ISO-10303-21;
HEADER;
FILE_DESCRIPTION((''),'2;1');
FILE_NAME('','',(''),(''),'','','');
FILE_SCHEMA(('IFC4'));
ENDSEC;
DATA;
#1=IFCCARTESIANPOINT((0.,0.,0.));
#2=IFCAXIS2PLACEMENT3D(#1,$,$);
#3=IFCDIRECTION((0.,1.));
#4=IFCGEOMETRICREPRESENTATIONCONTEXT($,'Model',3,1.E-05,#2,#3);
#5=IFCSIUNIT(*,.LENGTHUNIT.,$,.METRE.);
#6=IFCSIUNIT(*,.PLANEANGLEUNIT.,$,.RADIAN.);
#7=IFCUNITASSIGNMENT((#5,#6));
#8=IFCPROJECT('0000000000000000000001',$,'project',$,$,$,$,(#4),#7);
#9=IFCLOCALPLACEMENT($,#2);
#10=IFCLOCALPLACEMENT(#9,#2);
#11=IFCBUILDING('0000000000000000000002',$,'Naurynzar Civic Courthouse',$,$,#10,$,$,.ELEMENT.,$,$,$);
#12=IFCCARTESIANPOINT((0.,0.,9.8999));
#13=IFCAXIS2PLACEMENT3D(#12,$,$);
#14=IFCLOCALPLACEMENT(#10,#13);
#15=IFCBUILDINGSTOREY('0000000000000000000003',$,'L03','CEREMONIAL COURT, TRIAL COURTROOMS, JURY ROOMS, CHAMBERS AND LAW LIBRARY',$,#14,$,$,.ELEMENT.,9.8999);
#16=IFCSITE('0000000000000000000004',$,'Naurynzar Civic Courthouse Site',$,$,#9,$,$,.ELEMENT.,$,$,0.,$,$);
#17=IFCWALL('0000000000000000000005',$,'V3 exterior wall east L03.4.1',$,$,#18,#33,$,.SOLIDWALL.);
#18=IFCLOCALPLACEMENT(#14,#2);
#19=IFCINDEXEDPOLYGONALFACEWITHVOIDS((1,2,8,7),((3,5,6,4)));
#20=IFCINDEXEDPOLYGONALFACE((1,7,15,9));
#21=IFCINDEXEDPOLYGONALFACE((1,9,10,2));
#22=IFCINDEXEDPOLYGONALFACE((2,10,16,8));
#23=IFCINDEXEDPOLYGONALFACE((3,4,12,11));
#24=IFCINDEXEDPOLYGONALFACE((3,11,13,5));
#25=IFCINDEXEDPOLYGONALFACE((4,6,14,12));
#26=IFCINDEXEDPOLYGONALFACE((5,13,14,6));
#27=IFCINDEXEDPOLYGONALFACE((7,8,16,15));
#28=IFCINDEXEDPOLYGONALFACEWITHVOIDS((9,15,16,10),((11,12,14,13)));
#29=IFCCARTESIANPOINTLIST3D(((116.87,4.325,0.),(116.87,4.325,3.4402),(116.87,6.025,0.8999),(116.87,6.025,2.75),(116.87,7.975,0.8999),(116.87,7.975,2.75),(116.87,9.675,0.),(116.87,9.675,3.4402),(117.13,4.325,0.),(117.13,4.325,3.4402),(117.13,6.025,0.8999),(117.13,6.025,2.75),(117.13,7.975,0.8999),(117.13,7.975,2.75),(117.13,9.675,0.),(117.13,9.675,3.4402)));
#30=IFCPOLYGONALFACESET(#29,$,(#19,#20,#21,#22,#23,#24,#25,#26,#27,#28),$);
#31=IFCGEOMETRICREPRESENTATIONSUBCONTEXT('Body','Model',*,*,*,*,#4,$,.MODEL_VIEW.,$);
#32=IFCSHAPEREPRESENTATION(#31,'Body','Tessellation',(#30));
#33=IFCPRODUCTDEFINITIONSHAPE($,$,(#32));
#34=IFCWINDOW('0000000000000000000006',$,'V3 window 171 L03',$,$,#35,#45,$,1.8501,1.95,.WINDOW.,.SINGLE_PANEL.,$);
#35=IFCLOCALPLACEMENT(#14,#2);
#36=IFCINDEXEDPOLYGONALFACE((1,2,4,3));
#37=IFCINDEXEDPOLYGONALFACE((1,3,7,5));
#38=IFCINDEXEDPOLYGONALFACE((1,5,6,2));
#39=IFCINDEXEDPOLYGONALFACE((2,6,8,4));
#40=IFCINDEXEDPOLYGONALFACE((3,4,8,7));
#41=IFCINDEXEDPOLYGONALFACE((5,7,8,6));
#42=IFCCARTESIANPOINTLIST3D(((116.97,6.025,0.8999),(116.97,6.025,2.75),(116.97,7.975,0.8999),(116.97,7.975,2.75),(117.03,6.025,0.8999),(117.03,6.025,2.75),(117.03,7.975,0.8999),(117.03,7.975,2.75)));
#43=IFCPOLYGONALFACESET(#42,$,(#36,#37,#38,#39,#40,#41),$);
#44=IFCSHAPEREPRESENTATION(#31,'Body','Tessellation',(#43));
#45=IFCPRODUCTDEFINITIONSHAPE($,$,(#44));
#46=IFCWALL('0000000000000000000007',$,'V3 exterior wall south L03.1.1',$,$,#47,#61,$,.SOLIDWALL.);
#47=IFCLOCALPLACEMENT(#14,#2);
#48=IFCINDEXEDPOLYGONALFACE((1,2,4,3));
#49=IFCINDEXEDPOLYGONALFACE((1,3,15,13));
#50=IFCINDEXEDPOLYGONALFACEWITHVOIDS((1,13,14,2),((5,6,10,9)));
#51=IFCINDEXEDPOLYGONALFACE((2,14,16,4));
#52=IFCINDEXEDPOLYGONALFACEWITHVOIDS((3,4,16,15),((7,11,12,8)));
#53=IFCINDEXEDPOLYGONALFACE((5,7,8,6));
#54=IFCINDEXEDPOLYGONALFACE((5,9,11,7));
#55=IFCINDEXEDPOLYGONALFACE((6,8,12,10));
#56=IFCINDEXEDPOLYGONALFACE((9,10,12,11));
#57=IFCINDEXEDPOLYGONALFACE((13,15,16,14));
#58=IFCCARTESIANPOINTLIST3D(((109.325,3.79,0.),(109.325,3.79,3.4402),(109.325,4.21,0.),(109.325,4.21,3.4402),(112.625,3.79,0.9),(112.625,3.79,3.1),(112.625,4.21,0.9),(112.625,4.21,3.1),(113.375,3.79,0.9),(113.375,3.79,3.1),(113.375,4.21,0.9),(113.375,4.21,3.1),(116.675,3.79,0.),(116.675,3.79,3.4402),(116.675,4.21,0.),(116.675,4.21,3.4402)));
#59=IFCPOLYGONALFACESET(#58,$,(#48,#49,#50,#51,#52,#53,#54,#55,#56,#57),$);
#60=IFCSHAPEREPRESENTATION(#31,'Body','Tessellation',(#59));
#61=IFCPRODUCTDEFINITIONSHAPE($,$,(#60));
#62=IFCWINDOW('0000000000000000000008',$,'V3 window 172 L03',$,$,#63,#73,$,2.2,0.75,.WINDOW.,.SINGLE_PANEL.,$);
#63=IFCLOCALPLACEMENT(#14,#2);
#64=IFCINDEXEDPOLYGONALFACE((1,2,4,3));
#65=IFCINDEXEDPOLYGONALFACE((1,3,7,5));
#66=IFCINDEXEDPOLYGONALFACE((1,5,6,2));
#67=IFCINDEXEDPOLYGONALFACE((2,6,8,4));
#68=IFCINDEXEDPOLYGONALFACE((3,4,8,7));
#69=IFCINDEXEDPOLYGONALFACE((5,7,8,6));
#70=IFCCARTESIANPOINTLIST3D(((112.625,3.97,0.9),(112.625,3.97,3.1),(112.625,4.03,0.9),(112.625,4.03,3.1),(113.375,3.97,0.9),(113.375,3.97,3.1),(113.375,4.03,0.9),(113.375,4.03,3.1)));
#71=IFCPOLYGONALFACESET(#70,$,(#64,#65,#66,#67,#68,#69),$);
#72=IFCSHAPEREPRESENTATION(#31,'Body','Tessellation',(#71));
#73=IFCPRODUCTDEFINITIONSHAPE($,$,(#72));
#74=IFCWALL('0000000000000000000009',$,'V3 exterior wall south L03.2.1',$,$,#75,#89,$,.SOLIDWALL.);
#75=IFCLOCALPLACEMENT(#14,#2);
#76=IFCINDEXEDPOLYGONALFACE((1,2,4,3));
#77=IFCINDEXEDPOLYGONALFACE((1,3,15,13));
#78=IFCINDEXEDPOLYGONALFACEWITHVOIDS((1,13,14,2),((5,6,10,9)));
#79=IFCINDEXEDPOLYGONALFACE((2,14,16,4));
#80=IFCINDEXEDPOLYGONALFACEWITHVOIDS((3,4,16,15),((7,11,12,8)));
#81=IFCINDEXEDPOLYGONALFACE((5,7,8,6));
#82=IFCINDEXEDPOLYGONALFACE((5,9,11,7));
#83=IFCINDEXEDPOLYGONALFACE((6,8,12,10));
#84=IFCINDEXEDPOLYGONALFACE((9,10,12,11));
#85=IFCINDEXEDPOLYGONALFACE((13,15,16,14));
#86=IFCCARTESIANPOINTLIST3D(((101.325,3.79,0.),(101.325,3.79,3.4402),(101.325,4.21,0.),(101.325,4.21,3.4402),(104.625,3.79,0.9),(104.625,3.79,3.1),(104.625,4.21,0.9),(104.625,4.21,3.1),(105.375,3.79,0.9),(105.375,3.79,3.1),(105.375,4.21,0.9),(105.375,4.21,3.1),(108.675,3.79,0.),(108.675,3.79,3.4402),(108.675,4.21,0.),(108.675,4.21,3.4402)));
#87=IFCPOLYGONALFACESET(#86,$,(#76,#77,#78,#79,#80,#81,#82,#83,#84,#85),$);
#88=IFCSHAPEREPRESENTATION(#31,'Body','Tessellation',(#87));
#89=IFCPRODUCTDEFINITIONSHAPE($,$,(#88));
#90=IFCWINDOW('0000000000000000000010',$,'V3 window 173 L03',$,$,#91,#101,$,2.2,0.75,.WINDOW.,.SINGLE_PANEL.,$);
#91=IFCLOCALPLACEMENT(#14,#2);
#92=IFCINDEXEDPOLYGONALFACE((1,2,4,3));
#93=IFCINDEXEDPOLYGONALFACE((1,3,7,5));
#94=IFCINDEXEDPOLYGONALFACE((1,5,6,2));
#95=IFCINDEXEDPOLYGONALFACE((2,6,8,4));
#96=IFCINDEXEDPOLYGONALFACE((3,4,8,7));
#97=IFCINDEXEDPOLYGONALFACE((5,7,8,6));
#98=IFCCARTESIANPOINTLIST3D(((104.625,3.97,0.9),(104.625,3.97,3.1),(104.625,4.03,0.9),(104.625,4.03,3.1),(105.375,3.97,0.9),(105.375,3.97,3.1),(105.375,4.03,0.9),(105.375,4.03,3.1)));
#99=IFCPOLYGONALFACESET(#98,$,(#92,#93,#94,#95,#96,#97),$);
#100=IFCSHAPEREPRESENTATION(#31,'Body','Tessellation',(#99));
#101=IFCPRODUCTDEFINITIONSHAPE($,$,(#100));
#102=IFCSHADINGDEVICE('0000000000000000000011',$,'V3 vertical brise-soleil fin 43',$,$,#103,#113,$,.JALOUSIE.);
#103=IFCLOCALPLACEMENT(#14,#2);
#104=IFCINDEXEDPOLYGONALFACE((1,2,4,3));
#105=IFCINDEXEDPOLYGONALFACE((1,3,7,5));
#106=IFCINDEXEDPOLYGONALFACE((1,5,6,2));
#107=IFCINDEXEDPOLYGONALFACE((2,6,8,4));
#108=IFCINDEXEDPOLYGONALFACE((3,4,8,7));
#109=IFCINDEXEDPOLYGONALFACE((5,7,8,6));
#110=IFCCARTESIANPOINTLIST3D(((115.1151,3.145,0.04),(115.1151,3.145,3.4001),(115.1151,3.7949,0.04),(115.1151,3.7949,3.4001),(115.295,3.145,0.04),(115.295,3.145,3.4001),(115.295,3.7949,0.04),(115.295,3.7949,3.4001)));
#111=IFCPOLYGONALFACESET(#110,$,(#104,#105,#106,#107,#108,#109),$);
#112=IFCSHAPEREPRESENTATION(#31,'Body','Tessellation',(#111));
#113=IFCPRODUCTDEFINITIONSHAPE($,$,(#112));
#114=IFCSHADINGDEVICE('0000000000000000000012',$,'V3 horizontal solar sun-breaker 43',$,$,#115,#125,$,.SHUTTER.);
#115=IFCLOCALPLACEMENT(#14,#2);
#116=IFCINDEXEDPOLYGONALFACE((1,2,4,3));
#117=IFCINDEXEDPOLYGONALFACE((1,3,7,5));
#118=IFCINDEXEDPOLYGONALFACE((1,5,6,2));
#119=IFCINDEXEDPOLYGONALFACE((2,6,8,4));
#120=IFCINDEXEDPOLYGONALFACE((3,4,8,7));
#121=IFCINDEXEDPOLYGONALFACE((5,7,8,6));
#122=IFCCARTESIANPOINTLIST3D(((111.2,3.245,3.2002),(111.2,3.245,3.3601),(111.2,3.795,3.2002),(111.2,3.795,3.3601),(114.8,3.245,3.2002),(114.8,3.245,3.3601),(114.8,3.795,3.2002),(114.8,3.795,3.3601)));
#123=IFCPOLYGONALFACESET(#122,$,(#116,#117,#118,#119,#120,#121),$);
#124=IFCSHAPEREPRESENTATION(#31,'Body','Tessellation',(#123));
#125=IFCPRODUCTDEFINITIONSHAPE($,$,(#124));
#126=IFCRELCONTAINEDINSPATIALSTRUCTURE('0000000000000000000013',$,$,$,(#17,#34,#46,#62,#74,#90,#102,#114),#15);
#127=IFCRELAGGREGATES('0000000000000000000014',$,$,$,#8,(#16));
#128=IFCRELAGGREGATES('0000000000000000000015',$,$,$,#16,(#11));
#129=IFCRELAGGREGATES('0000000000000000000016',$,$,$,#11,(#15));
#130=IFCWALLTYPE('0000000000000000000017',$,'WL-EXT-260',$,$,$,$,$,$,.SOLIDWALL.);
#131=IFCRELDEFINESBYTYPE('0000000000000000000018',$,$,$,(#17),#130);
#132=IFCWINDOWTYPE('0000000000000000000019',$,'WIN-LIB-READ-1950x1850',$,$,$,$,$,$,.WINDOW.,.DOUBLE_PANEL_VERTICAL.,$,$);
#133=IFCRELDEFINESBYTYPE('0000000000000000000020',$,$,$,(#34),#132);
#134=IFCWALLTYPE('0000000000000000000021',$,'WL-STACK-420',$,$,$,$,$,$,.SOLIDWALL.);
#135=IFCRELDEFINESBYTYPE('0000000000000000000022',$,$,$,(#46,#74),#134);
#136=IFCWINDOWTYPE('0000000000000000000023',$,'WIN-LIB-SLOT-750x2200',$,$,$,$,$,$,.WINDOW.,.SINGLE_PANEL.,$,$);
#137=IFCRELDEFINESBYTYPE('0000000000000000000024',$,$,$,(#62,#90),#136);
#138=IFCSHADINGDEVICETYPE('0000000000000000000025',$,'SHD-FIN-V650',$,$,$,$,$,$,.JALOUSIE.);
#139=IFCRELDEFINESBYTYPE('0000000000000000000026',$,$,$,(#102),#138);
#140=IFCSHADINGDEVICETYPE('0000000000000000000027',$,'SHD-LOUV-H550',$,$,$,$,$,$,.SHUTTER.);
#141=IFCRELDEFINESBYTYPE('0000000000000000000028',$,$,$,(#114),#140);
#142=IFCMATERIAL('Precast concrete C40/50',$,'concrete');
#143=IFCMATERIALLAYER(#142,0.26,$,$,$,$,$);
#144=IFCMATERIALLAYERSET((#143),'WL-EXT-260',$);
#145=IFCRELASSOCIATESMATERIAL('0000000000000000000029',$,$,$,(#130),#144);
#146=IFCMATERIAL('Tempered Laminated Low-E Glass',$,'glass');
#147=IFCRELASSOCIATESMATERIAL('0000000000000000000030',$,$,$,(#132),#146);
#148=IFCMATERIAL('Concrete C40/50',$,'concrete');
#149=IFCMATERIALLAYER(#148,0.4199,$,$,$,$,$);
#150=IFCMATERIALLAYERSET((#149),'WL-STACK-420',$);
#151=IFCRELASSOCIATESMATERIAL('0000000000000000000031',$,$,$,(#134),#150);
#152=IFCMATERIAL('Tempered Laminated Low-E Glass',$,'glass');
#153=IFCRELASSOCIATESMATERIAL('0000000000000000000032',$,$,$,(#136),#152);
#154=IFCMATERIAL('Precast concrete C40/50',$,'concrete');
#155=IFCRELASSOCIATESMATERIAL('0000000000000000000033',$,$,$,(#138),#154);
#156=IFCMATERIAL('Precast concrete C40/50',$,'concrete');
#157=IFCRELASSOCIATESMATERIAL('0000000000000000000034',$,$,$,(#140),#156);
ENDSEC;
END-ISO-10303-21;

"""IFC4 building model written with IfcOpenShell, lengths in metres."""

from ifc_helpers import new_model, si_unit, direction, frame, frame_2d, origin, origin_2d, place, context, subcontext, project, spatial, rectangle, extrude, material, layer, layer_set, type_object, element, fill, save


model = new_model("IFC4")

# Units and contexts
model_context = context("Model", 3, precision=1e-05, world=origin(), true_north=direction((0.0, 1.0)))
body_context = subcontext(model_context, "Body", "Model", "MODEL_VIEW")
ifc_project = project(units=[si_unit("LENGTHUNIT", "METRE"), si_unit("PLANEANGLEUNIT", "RADIAN")], contexts=[model_context])

# Site, building, storey
site_placement = place(None, origin())
site = spatial("IfcSite", under=ifc_project, at=site_placement, Name="Naurynzar Civic Courthouse Site", CompositionType="ELEMENT", RefElevation=0.0)
building_placement = place(site_placement, origin())
building = spatial("IfcBuilding", under=site, at=building_placement, Name="Naurynzar Civic Courthouse", CompositionType="ELEMENT")
storey_placement = place(building_placement, frame((0.0, 0.0, 9.8999)))
storey = spatial("IfcBuildingStorey", under=building, at=storey_placement, Name="L03", Description="CEREMONIAL COURT, TRIAL COURTROOMS, JURY ROOMS, CHAMBERS AND LAW LIBRARY", CompositionType="ELEMENT", Elevation=9.8999)

# Walls, openings, windows
ifc_material_1 = material(Name="Precast concrete C40/50", Category="concrete")
ifc_layer_1 = layer(ifc_material_1, 0.26)
ifc_layer_set_1 = layer_set([ifc_layer_1], Name="WL-EXT-260")
wall_type_1 = type_object("IfcWallType", Name="WL-EXT-260", PredefinedType="SOLIDWALL", material=ifc_layer_set_1)
wall_1_placement = place(storey_placement, frame((117.0, 9.675, 0.0), z_axis=(0.0, 0.0, 1.0), x_axis=(0.0, -1.0, 0.0)))
wall_1 = element("IfcWall", 1, at=wall_1_placement, inside=storey, type_object=wall_type_1, Name="V3 exterior wall east L03.4.1", PredefinedType="SOLIDWALL", context=body_context, shape_type="SweptSolid", body=[
    extrude(rectangle(XDim=5.3501, YDim=0.26, at=frame_2d((2.675, 0.0))), origin(), (0.0, 0.0, 1.0), 3.4402),
])
opening_1_placement = place(wall_1_placement, frame((1.7, 0.0, 0.8999)))
opening_1 = element("IfcOpeningElement", 2, at=opening_1_placement, cuts=wall_1, PredefinedType="OPENING", context=body_context, shape_type="SweptSolid", body=[
    extrude(rectangle(XDim=1.95, YDim=1.8501, at=frame_2d((0.9751, 0.925))), frame((0.0, 0.1399, 0.0), z_axis=(0.0, -1.0, 0.0), x_axis=(1.0, 0.0, 0.0)), (0.0, 0.0, 1.0), 0.28),
])
ifc_material_2 = material(Name="Tempered Laminated Low-E Glass", Category="glass")
window_type_1 = type_object("IfcWindowType", Name="WIN-LIB-READ-1950x1850", PartitioningType="DOUBLE_PANEL_VERTICAL", PredefinedType="WINDOW", material=ifc_material_2)
window_1_placement = place(opening_1_placement, origin())
window_1 = element("IfcWindow", 3, at=window_1_placement, inside=storey, type_object=window_type_1, Name="V3 window 171 L03", OverallHeight=1.8501, OverallWidth=1.95, PartitioningType="SINGLE_PANEL", PredefinedType="WINDOW", context=body_context, shape_type="SweptSolid", body=[
    extrude(rectangle(XDim=1.95, YDim=1.8501, at=frame_2d((0.9751, 0.925))), frame((0.0, 0.03, 0.0), z_axis=(0.0, -1.0, 0.0), x_axis=(1.0, 0.0, 0.0)), (0.0, 0.0, 1.0), 0.0601),
])
fill(opening_1, window_1)
ifc_material_3 = material(Name="Concrete C40/50", Category="concrete")
ifc_layer_2 = layer(ifc_material_3, 0.4199)
ifc_layer_set_2 = layer_set([ifc_layer_2], Name="WL-STACK-420")
wall_type_2 = type_object("IfcWallType", Name="WL-STACK-420", PredefinedType="SOLIDWALL", material=ifc_layer_set_2)
wall_2_placement = place(storey_placement, frame((116.675, 4.0, 0.0), z_axis=(0.0, 0.0, 1.0), x_axis=(-1.0, 0.0, 0.0)))
wall_2 = element("IfcWall", 4, at=wall_2_placement, inside=storey, type_object=wall_type_2, Name="V3 exterior wall south L03.1.1", PredefinedType="SOLIDWALL", context=body_context, shape_type="SweptSolid", body=[
    extrude(rectangle(XDim=7.3501, YDim=0.4199, at=frame_2d((3.675, 0.0))), origin(), (0.0, 0.0, 1.0), 3.4402),
])
opening_2_placement = place(wall_2_placement, frame((3.3, 0.0, 0.8999)))
opening_2 = element("IfcOpeningElement", 5, at=opening_2_placement, cuts=wall_2, PredefinedType="OPENING", context=body_context, shape_type="SweptSolid", body=[
    extrude(rectangle(XDim=0.75, YDim=2.2, at=frame_2d((0.375, 1.1001))), frame((0.0, 0.22, 0.0), z_axis=(0.0, -1.0, 0.0), x_axis=(1.0, 0.0, 0.0)), (0.0, 0.0, 1.0), 0.4399),
])
ifc_material_4 = material(Name="Tempered Laminated Low-E Glass", Category="glass")
window_type_2 = type_object("IfcWindowType", Name="WIN-LIB-SLOT-750x2200", PartitioningType="SINGLE_PANEL", PredefinedType="WINDOW", material=ifc_material_4)
window_2_placement = place(opening_2_placement, origin())
window_2 = element("IfcWindow", 6, at=window_2_placement, inside=storey, type_object=window_type_2, Name="V3 window 172 L03", OverallHeight=2.2, OverallWidth=0.75, PartitioningType="SINGLE_PANEL", PredefinedType="WINDOW", context=body_context, shape_type="SweptSolid", body=[
    extrude(rectangle(XDim=0.75, YDim=2.2, at=frame_2d((0.375, 1.1001))), frame((0.0, 0.03, 0.0), z_axis=(0.0, -1.0, 0.0), x_axis=(1.0, 0.0, 0.0)), (0.0, 0.0, 1.0), 0.0601),
])
fill(opening_2, window_2)
wall_3_placement = place(storey_placement, frame((108.675, 4.0, 0.0), z_axis=(0.0, 0.0, 1.0), x_axis=(-1.0, 0.0, 0.0)))
wall_3 = element("IfcWall", 7, at=wall_3_placement, inside=storey, type_object=wall_type_2, Name="V3 exterior wall south L03.2.1", PredefinedType="SOLIDWALL", context=body_context, shape_type="SweptSolid", body=[
    extrude(rectangle(XDim=7.3501, YDim=0.4199, at=frame_2d((3.675, 0.0))), origin(), (0.0, 0.0, 1.0), 3.4402),
])
opening_3_placement = place(wall_3_placement, frame((3.3, 0.0, 0.8999)))
opening_3 = element("IfcOpeningElement", 8, at=opening_3_placement, cuts=wall_3, PredefinedType="OPENING", context=body_context, shape_type="SweptSolid", body=[
    extrude(rectangle(XDim=0.75, YDim=2.2, at=frame_2d((0.375, 1.1001))), frame((0.0, 0.22, 0.0), z_axis=(0.0, -1.0, 0.0), x_axis=(1.0, 0.0, 0.0)), (0.0, 0.0, 1.0), 0.4399),
])
window_3_placement = place(opening_3_placement, origin())
window_3 = element("IfcWindow", 9, at=window_3_placement, inside=storey, type_object=window_type_2, Name="V3 window 173 L03", OverallHeight=2.2, OverallWidth=0.75, PartitioningType="SINGLE_PANEL", PredefinedType="WINDOW", context=body_context, shape_type="SweptSolid", body=[
    extrude(rectangle(XDim=0.75, YDim=2.2, at=frame_2d((0.375, 1.1001))), frame((0.0, 0.03, 0.0), z_axis=(0.0, -1.0, 0.0), x_axis=(1.0, 0.0, 0.0)), (0.0, 0.0, 1.0), 0.0601),
])
fill(opening_3, window_3)

# Shading devices
ifc_material_5 = material(Name="Precast concrete C40/50", Category="concrete")
shading_device_type_1 = type_object("IfcShadingDeviceType", Name="SHD-FIN-V650", PredefinedType="JALOUSIE", material=ifc_material_5)
shading_device_1_placement = place(storey_placement, frame((115.2051, 3.47, 0.04), z_axis=(0.0, 0.0, 1.0), x_axis=(-1.0, 0.0, 0.0)))
element("IfcShadingDevice", 10, at=shading_device_1_placement, inside=storey, type_object=shading_device_type_1, Name="V3 vertical brise-soleil fin 43", PredefinedType="JALOUSIE", context=body_context, shape_type="SweptSolid", body=[
    extrude(rectangle(XDim=0.1799, YDim=0.6499, at=origin_2d()), origin(), (0.0, 0.0, 1.0), 3.3601),
])
ifc_material_6 = material(Name="Precast concrete C40/50", Category="concrete")
shading_device_type_2 = type_object("IfcShadingDeviceType", Name="SHD-LOUV-H550", PredefinedType="SHUTTER", material=ifc_material_6)
shading_device_2_placement = place(storey_placement, frame((113.0, 3.52, 3.2002), z_axis=(0.0, 0.0, 1.0), x_axis=(-1.0, 0.0, 0.0)))
element("IfcShadingDevice", 11, at=shading_device_2_placement, inside=storey, type_object=shading_device_type_2, Name="V3 horizontal solar sun-breaker 43", PredefinedType="SHUTTER", context=body_context, shape_type="SweptSolid", body=[
    extrude(rectangle(XDim=3.6001, YDim=0.55, at=origin_2d()), origin(), (0.0, 0.0, 1.0), 0.1599),
])

save(model, "model.ifc")
